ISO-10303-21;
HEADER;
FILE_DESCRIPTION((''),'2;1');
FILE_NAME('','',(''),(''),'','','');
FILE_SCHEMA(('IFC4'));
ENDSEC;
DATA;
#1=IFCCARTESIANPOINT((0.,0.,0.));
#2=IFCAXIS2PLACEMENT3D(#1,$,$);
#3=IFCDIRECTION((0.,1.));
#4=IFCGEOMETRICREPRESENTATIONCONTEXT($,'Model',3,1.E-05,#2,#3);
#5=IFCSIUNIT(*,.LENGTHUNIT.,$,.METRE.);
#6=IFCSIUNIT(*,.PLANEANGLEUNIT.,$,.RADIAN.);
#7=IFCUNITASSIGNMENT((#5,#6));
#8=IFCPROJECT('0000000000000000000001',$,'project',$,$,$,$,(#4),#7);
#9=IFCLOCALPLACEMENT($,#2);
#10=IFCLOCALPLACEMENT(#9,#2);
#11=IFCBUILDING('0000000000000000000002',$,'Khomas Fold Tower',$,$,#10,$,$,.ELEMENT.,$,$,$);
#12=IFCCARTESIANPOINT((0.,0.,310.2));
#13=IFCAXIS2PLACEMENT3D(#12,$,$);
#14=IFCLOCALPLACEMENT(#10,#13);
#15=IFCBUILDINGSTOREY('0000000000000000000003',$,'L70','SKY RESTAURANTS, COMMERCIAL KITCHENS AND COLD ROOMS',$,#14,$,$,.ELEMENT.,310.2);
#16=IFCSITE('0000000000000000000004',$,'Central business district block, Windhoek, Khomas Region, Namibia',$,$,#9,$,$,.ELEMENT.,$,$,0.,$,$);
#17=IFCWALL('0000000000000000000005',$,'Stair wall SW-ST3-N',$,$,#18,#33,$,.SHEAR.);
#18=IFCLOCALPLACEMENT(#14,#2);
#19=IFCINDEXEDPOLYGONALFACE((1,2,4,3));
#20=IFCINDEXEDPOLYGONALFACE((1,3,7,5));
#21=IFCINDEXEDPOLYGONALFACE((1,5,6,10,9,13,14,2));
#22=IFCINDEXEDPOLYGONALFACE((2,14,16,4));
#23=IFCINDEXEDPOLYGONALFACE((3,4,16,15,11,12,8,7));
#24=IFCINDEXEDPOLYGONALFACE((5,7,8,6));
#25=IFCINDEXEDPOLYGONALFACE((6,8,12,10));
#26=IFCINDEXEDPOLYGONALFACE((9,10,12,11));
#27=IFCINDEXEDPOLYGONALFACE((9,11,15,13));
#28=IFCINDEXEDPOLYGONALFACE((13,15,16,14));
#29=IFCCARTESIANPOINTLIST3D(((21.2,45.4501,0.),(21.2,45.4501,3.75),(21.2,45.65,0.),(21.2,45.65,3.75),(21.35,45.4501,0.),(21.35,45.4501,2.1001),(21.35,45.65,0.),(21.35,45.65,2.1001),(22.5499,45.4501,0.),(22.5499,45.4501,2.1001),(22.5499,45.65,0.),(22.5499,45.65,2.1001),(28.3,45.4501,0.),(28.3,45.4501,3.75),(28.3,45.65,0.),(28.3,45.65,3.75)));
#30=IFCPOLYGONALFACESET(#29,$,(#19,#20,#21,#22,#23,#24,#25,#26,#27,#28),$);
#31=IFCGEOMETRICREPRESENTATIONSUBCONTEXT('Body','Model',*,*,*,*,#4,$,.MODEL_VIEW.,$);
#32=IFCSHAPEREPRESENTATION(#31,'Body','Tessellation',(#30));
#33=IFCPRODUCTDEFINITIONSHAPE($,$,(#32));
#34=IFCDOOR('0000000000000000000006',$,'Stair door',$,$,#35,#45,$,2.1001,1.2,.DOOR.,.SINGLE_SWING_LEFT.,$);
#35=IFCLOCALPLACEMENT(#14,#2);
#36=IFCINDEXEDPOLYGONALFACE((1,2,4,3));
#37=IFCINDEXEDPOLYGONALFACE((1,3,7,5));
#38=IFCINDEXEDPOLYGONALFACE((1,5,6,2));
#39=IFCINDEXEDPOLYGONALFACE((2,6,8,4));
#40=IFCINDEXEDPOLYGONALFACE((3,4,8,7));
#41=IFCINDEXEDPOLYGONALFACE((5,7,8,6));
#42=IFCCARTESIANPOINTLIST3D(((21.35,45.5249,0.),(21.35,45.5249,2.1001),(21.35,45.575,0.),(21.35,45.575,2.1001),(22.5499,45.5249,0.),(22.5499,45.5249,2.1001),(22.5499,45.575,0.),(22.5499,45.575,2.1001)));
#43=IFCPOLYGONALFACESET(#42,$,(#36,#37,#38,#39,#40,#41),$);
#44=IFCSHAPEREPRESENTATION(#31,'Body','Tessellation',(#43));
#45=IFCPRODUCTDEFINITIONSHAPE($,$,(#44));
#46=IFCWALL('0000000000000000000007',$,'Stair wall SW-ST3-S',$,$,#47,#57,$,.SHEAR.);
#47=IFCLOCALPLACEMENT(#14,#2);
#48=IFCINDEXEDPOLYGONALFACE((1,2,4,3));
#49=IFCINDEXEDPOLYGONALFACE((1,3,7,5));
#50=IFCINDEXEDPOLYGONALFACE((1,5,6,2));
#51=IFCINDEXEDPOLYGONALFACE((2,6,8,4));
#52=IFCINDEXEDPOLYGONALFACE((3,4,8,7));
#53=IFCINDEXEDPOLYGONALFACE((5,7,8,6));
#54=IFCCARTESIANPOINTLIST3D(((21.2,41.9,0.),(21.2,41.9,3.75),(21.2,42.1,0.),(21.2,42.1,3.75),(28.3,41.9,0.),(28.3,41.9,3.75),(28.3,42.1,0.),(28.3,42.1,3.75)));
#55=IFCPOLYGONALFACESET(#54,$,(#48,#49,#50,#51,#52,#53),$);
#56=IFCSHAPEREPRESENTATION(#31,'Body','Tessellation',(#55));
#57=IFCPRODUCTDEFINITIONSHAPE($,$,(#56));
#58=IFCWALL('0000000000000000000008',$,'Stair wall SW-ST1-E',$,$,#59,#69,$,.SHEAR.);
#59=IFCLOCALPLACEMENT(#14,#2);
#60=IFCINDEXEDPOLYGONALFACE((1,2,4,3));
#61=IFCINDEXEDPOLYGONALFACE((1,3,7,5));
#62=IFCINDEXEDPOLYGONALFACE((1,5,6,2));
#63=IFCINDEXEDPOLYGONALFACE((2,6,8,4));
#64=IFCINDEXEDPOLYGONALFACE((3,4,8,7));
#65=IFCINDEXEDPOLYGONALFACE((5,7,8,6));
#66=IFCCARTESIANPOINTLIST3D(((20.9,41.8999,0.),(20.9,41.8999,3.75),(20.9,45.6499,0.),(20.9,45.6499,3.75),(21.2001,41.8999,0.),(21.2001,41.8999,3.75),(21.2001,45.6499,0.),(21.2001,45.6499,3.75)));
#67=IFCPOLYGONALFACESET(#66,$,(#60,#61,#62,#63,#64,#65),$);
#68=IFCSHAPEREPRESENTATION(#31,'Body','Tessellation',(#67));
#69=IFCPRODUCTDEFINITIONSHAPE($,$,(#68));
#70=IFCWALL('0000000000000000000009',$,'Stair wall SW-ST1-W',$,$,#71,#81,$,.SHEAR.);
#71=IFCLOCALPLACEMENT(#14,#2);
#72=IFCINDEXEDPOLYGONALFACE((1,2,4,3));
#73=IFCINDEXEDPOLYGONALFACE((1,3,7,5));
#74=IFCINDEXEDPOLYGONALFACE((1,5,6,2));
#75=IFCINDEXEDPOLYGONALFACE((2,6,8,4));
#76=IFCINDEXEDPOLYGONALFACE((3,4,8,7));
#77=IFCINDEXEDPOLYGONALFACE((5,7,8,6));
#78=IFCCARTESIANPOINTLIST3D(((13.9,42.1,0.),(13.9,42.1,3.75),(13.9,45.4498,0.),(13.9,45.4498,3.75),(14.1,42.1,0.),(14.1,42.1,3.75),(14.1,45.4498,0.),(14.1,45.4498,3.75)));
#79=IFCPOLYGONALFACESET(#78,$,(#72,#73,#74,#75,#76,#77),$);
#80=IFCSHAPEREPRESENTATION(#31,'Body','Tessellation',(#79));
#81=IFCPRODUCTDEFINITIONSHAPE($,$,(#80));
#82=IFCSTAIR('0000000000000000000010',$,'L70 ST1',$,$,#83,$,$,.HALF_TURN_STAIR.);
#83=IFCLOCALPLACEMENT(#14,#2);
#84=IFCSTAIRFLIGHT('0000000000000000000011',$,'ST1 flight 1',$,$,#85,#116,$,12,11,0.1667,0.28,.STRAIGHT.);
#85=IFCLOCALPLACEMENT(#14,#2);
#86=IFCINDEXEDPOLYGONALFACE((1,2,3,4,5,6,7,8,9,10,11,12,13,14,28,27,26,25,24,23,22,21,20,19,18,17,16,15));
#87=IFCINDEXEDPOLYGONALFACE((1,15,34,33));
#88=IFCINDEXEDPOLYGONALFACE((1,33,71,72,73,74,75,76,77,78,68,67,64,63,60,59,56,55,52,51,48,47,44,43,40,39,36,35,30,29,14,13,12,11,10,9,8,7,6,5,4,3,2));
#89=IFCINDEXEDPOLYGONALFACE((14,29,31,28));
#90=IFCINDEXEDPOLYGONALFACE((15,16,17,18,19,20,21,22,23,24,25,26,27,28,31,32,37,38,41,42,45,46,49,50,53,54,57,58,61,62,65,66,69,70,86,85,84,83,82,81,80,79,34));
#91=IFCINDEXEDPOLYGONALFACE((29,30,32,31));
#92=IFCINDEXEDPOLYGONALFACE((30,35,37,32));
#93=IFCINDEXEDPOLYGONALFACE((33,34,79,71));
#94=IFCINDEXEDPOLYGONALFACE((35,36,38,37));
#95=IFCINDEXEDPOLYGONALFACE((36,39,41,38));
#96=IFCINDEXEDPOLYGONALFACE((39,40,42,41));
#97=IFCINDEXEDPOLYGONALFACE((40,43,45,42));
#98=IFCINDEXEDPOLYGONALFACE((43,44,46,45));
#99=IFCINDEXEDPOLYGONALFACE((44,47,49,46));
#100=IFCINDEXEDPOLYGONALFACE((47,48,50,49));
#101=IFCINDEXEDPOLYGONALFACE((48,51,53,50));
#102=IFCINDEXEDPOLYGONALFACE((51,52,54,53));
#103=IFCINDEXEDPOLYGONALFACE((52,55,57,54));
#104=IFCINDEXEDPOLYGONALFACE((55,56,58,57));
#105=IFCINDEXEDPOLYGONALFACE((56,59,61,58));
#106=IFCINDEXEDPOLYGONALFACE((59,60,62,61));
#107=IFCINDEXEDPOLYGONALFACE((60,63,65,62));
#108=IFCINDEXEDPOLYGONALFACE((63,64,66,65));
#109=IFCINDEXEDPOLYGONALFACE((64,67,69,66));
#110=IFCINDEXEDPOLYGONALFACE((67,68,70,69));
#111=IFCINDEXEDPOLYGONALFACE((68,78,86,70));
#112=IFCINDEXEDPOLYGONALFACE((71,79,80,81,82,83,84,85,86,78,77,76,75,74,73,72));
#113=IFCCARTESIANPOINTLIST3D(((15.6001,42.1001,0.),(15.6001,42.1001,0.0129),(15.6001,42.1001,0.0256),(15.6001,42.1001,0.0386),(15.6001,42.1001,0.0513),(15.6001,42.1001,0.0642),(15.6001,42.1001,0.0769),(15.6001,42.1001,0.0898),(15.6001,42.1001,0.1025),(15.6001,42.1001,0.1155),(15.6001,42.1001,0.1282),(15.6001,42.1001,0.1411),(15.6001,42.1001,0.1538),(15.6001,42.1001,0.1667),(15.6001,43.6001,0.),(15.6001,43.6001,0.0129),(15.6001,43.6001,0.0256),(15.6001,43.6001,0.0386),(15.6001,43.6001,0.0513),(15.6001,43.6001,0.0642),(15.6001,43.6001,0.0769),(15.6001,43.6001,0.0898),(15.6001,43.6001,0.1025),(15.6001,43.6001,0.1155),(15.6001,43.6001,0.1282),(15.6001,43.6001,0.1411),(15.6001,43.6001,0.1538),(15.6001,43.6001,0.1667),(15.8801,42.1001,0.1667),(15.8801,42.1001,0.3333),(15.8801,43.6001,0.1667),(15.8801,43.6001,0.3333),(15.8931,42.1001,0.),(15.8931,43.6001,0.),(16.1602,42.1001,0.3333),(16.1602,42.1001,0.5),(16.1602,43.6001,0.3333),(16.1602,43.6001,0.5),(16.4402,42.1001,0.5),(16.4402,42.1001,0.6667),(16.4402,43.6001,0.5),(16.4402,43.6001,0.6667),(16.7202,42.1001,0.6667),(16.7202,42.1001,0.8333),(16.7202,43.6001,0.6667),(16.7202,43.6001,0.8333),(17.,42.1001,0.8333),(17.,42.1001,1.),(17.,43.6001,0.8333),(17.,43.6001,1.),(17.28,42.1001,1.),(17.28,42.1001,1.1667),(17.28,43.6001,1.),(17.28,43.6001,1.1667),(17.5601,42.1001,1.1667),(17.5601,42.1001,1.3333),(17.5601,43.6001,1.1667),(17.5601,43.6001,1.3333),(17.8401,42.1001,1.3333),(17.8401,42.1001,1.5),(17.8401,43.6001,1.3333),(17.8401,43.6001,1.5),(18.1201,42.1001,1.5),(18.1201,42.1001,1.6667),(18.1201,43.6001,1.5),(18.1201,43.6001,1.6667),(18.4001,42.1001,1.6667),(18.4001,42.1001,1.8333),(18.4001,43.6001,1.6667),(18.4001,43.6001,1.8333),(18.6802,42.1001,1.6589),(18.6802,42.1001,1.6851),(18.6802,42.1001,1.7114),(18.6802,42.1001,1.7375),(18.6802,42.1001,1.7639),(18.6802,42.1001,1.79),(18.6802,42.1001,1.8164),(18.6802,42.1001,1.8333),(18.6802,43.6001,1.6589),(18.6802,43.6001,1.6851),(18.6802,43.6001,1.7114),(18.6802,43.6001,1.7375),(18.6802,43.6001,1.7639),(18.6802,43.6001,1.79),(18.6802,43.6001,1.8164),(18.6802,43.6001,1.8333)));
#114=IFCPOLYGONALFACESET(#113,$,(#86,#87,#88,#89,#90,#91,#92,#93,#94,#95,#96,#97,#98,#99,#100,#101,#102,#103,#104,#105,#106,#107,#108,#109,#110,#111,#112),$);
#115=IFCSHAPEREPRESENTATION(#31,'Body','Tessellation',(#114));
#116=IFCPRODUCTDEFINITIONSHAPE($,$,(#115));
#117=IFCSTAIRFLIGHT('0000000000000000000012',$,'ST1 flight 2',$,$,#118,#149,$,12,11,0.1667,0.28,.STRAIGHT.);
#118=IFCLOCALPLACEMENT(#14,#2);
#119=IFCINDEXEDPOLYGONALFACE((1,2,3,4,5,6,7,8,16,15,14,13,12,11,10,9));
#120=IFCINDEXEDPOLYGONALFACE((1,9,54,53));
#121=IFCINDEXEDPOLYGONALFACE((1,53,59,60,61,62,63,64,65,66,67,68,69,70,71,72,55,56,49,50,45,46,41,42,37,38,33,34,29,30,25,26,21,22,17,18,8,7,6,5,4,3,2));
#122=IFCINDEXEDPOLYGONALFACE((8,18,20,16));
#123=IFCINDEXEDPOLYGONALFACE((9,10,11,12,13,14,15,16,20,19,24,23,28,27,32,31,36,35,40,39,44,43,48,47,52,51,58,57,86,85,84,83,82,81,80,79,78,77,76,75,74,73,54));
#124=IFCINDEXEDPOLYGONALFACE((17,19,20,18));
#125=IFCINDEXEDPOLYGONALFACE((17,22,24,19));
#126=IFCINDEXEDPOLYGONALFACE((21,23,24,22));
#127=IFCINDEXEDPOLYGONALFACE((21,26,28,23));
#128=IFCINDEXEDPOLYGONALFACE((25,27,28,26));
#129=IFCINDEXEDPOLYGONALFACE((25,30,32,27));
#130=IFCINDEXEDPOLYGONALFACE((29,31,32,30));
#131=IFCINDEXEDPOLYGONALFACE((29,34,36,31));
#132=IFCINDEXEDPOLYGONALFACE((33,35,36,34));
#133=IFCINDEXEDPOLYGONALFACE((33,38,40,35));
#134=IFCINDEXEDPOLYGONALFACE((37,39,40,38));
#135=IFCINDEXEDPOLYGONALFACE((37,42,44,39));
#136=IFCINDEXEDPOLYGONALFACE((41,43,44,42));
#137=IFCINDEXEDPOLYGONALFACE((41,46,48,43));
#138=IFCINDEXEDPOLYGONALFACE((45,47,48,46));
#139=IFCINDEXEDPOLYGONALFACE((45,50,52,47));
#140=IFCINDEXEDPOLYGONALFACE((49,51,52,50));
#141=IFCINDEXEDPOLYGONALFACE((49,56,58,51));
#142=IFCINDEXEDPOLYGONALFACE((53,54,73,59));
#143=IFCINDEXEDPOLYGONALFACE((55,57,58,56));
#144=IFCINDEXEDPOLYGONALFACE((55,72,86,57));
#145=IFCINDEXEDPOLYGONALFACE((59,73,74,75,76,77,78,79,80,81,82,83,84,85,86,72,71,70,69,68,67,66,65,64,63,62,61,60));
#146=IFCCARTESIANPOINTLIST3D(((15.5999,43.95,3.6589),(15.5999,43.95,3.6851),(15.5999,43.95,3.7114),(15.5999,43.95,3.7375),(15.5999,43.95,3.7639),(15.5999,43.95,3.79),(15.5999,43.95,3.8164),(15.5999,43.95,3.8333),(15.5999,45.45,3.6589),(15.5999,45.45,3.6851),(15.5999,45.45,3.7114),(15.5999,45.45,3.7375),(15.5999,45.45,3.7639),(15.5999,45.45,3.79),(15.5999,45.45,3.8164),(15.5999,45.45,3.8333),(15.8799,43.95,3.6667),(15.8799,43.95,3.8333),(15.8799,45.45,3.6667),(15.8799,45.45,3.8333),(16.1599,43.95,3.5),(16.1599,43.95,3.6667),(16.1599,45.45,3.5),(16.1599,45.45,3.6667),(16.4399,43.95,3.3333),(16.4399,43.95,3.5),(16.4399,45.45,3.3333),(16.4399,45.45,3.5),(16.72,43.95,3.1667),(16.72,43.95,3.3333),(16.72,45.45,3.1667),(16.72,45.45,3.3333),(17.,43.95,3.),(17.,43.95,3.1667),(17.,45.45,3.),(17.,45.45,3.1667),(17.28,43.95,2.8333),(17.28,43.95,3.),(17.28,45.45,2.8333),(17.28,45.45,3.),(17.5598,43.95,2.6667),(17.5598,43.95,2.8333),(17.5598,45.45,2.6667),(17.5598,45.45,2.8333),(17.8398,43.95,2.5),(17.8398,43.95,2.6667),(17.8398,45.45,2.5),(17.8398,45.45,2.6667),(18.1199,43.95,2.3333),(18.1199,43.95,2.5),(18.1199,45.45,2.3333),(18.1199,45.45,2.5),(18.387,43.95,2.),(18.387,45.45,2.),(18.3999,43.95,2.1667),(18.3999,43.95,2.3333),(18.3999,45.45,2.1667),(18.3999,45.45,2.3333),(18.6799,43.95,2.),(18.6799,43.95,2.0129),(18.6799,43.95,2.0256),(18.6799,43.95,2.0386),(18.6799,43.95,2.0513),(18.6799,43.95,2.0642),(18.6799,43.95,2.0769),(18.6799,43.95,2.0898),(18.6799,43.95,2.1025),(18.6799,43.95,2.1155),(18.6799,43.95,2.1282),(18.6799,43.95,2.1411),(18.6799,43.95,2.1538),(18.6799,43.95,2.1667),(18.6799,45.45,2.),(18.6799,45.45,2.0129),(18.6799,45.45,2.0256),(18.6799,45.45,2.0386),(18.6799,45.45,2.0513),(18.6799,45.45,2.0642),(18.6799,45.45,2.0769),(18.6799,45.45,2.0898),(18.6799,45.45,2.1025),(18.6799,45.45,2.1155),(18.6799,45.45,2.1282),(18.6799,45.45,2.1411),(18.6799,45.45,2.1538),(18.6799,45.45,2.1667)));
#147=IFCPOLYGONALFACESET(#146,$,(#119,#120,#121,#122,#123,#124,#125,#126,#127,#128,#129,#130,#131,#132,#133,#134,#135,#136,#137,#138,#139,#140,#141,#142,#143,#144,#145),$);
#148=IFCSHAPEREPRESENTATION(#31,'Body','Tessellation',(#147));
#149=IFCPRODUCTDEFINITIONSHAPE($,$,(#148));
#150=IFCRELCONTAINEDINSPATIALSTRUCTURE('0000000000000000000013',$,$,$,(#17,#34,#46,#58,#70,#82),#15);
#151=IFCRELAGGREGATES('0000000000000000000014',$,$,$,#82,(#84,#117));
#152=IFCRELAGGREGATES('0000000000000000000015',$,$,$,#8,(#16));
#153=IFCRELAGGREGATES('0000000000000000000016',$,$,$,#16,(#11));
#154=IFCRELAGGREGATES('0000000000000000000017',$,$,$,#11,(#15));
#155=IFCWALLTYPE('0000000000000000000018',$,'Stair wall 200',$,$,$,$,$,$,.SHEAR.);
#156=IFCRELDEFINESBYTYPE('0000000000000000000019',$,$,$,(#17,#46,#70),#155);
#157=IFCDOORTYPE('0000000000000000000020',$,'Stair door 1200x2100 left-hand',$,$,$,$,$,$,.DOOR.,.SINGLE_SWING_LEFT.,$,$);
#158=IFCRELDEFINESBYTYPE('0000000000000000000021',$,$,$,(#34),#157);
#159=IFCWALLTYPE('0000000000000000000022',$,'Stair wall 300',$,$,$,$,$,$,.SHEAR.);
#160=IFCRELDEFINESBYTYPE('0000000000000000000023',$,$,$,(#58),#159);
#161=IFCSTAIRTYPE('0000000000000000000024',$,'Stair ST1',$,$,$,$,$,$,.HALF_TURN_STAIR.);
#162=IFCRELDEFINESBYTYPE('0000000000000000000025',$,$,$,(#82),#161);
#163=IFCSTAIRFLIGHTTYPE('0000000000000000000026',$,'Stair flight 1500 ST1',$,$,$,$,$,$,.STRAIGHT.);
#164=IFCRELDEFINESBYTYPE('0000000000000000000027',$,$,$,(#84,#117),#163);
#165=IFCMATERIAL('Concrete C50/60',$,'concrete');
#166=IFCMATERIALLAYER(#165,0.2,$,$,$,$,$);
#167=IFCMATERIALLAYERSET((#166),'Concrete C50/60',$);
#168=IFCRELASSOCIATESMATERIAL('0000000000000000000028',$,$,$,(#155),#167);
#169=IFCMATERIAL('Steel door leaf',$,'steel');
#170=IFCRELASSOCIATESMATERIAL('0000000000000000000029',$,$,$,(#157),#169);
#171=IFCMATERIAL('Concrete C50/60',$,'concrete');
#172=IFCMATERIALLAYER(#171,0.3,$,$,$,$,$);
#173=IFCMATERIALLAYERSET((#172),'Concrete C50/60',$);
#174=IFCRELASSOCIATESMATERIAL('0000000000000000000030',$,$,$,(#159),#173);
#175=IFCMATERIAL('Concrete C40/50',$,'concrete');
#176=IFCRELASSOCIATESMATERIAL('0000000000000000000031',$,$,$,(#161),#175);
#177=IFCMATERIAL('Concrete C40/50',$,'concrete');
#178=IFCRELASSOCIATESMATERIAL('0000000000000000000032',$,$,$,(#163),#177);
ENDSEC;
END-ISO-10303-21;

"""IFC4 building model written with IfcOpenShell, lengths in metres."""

from ifc_helpers import new_model, si_unit, direction, frame, frame_2d, origin, place, context, subcontext, project, spatial, polyline, rectangle, outline, extrude, source, transform, mapped, material, layer, layer_set, type_object, element, fill, aggregate, save


model = new_model("IFC4")

# Units and contexts
model_context = context("Model", 3, precision=1e-05, world=origin(), true_north=direction((0.0, 1.0)))
body_context = subcontext(model_context, "Body", "Model", "MODEL_VIEW")
ifc_project = project(units=[si_unit("LENGTHUNIT", "METRE"), si_unit("PLANEANGLEUNIT", "RADIAN")], contexts=[model_context])

# Site, building, storey
site_placement = place(None, origin())
site = spatial("IfcSite", under=ifc_project, at=site_placement, Name="Central business district block, Windhoek, Khomas Region, Namibia", CompositionType="ELEMENT", RefElevation=0.0)
building_placement = place(site_placement, origin())
building = spatial("IfcBuilding", under=site, at=building_placement, Name="Khomas Fold Tower", CompositionType="ELEMENT")
storey_placement = place(building_placement, frame((0.0, 0.0, 310.2)))
storey = spatial("IfcBuildingStorey", under=building, at=storey_placement, Name="L70", Description="SKY RESTAURANTS, COMMERCIAL KITCHENS AND COLD ROOMS", CompositionType="ELEMENT", Elevation=310.2)

# Shared definitions
ifc_material_1 = material(Name="Concrete C50/60", Category="concrete")
ifc_layer_1 = layer(ifc_material_1, 0.2)
ifc_layer_set_1 = layer_set([ifc_layer_1], Name="Concrete C50/60")
wall_type_1 = type_object("IfcWallType", Name="Stair wall 200", PredefinedType="SHEAR", material=ifc_layer_set_1)
shared_shape_1 = source(origin(), body_context, "Body", "SweptSolid", [
    extrude(rectangle(XDim=1.2, YDim=2.1001, at=frame_2d((0.6001, 1.05))), frame((0.0, 0.1099, 0.0), z_axis=(0.0, -1.0, 0.0), x_axis=(1.0, 0.0, 0.0)), (0.0, 0.0, 1.0), 0.22),
])
ifc_material_2 = material(Name="Steel door leaf", Category="steel")
door_type = type_object("IfcDoorType", Name="Stair door 1200x2100 left-hand", OperationType="SINGLE_SWING_LEFT", PredefinedType="DOOR", material=ifc_material_2)
shared_shape_2 = source(origin(), body_context, "Body", "SweptSolid", [
    extrude(rectangle(XDim=1.2, YDim=2.1001, at=frame_2d((0.6001, 1.05))), frame((0.0, 0.0249, 0.0), z_axis=(0.0, -1.0, 0.0), x_axis=(1.0, 0.0, 0.0)), (0.0, 0.0, 1.0), 0.05),
])

# Wall, opening, door
shared_shape_3 = source(origin(), body_context, "Body", "SweptSolid", [
    extrude(rectangle(XDim=7.1001, YDim=0.2, at=frame_2d((3.55, 0.0))), origin(), (0.0, 0.0, 1.0), 3.75),
])
wall_1_placement = place(storey_placement, frame((21.2, 45.55, 0.0), z_axis=(0.0, 0.0, 1.0), x_axis=(1.0, 0.0, 0.0)))
wall_1 = element("IfcWall", 1, at=wall_1_placement, inside=storey, type_object=wall_type_1, Name="Stair wall SW-ST3-N", PredefinedType="SHEAR", context=body_context, shape_type="MappedRepresentation", body=[
    mapped(shared_shape_3, transform((0.0, 0.0, 0.0))),
])
opening_1_placement = place(wall_1_placement, frame((0.1499, 0.0, 0.0)))
opening_1 = element("IfcOpeningElement", 2, at=opening_1_placement, cuts=wall_1, PredefinedType="OPENING", context=body_context, shape_type="MappedRepresentation", body=[
    mapped(shared_shape_1, transform((0.0, 0.0, 0.0))),
])
door_1_placement = place(opening_1_placement, origin())
door_1 = element("IfcDoor", 3, at=door_1_placement, inside=storey, type_object=door_type, Name="Stair door", OperationType="SINGLE_SWING_LEFT", OverallHeight=2.1001, OverallWidth=1.2, PredefinedType="DOOR", context=body_context, shape_type="MappedRepresentation", body=[
    mapped(shared_shape_2, transform((0.0, 0.0, 0.0))),
])
fill(opening_1, door_1)

# Walls
wall_2_placement = place(storey_placement, frame((21.2, 42.0, 0.0), z_axis=(0.0, 0.0, 1.0), x_axis=(1.0, 0.0, 0.0)))
element("IfcWall", 4, at=wall_2_placement, inside=storey, type_object=wall_type_1, Name="Stair wall SW-ST3-S", PredefinedType="SHEAR", context=body_context, shape_type="MappedRepresentation", body=[
    mapped(shared_shape_3, transform((0.0, 0.0, 0.0))),
])
ifc_material_3 = material(Name="Concrete C50/60", Category="concrete")
ifc_layer_2 = layer(ifc_material_3, 0.3)
ifc_layer_set_2 = layer_set([ifc_layer_2], Name="Concrete C50/60")
wall_type_2 = type_object("IfcWallType", Name="Stair wall 300", PredefinedType="SHEAR", material=ifc_layer_set_2)
shared_shape_4 = source(origin(), body_context, "Body", "SweptSolid", [
    extrude(rectangle(XDim=3.75, YDim=0.3, at=frame_2d((1.875, 0.0))), origin(), (0.0, 0.0, 1.0), 3.75),
])
wall_3_placement = place(storey_placement, frame((21.05, 41.8999, 0.0), z_axis=(0.0, 0.0, 1.0), x_axis=(0.0, 1.0, 0.0)))
element("IfcWall", 5, at=wall_3_placement, inside=storey, type_object=wall_type_2, Name="Stair wall SW-ST1-E", PredefinedType="SHEAR", context=body_context, shape_type="MappedRepresentation", body=[
    mapped(shared_shape_4, transform((0.0, 0.0, 0.0))),
])
shared_shape_5 = source(origin(), body_context, "Body", "SweptSolid", [
    extrude(rectangle(XDim=3.3499, YDim=0.2, at=frame_2d((1.6748, 0.0))), origin(), (0.0, 0.0, 1.0), 3.75),
])
wall_4_placement = place(storey_placement, frame((14.0, 42.1001, 0.0), z_axis=(0.0, 0.0, 1.0), x_axis=(0.0, 1.0, 0.0)))
element("IfcWall", 6, at=wall_4_placement, inside=storey, type_object=wall_type_1, Name="Stair wall SW-ST1-W", PredefinedType="SHEAR", context=body_context, shape_type="MappedRepresentation", body=[
    mapped(shared_shape_5, transform((0.0, 0.0, 0.0))),
])

# Stair, stair flights
ifc_material_4 = material(Name="Concrete C40/50", Category="concrete")
stair_type_1 = type_object("IfcStairType", Name="Stair ST1", PredefinedType="HALF_TURN_STAIR", material=ifc_material_4)
stair_1_placement = place(storey_placement, origin())
stair_1 = element("IfcStair", 7, at=stair_1_placement, inside=storey, type_object=stair_type_1, Name="L70 ST1", PredefinedType="HALF_TURN_STAIR")
ifc_material_5 = material(Name="Concrete C40/50", Category="concrete")
stair_flight_type_1 = type_object("IfcStairFlightType", Name="Stair flight 1500 ST1", PredefinedType="STRAIGHT", material=ifc_material_5)
shared_shape_6 = source(origin(), body_context, "Body", "SweptSolid", [
    extrude(outline(polyline([(0.0, 0.0), (0.0, 0.0129), (0.0, 0.0256), (0.0, 0.0386), (0.0, 0.0513), (0.0, 0.0642), (0.0, 0.0769), (0.0, 0.0898), (0.0, 0.1025), (0.0, 0.1155), (0.0, 0.1282), (0.0, 0.1411), (0.0, 0.1538), (0.0, 0.1667), (0.28, 0.1667), (0.28, 0.3333), (0.5601, 0.3333), (0.5601, 0.5), (0.8401, 0.5), (0.8401, 0.6667), (1.1201, 0.6667), (1.1201, 0.8333), (1.3999, 0.8333), (1.3999, 1.0), (1.6799, 1.0), (1.6799, 1.1667), (1.96, 1.1667), (1.96, 1.3333), (2.24, 1.3333), (2.24, 1.5), (2.52, 1.5), (2.52, 1.6667), (2.8, 1.6667), (2.8, 1.8333), (3.0801, 1.8333), (3.0801, 2.0), (3.0801, 1.9739), (3.0801, 1.9475), (3.0801, 1.9214), (3.0801, 1.895), (3.0801, 1.8689), (3.0801, 1.8425), (3.0801, 1.8164), (3.0801, 1.79), (3.0801, 1.7639), (3.0801, 1.7375), (3.0801, 1.7114), (3.0801, 1.6851), (3.0801, 1.6589), (0.293, 0.0), (0.0, 0.0)])), frame((0.0, 0.75, 0.0), z_axis=(0.0, -1.0, 0.0), x_axis=(1.0, 0.0, 0.0)), (0.0, 0.0, 1.0), 1.5),
])
stair_flight_1_placement = place(storey_placement, frame((15.6001, 42.8501, 0.0), z_axis=(0.0, 0.0, 1.0), x_axis=(1.0, 0.0, 0.0)))
stair_flight_1 = element("IfcStairFlight", 8, at=stair_flight_1_placement, type_object=stair_flight_type_1, Name="ST1 flight 1", NumberOfRisers=12, NumberOfTreads=11, PredefinedType="STRAIGHT", RiserHeight=0.1667, TreadLength=0.28, context=body_context, shape_type="MappedRepresentation", body=[
    mapped(shared_shape_6, transform((0.0, 0.0, 0.0))),
])
stair_flight_2_placement = place(storey_placement, frame((18.6799, 44.7, 2.0), z_axis=(0.0, 0.0, 1.0), x_axis=(-1.0, 0.0, 0.0)))
stair_flight_2 = element("IfcStairFlight", 9, at=stair_flight_2_placement, type_object=stair_flight_type_1, Name="ST1 flight 2", NumberOfRisers=12, NumberOfTreads=11, PredefinedType="STRAIGHT", RiserHeight=0.1667, TreadLength=0.28, context=body_context, shape_type="MappedRepresentation", body=[
    mapped(shared_shape_6, transform((0.0, 0.0, 0.0))),
])
aggregate(stair_1, [stair_flight_1, stair_flight_2])

save(model, "model.ifc")
